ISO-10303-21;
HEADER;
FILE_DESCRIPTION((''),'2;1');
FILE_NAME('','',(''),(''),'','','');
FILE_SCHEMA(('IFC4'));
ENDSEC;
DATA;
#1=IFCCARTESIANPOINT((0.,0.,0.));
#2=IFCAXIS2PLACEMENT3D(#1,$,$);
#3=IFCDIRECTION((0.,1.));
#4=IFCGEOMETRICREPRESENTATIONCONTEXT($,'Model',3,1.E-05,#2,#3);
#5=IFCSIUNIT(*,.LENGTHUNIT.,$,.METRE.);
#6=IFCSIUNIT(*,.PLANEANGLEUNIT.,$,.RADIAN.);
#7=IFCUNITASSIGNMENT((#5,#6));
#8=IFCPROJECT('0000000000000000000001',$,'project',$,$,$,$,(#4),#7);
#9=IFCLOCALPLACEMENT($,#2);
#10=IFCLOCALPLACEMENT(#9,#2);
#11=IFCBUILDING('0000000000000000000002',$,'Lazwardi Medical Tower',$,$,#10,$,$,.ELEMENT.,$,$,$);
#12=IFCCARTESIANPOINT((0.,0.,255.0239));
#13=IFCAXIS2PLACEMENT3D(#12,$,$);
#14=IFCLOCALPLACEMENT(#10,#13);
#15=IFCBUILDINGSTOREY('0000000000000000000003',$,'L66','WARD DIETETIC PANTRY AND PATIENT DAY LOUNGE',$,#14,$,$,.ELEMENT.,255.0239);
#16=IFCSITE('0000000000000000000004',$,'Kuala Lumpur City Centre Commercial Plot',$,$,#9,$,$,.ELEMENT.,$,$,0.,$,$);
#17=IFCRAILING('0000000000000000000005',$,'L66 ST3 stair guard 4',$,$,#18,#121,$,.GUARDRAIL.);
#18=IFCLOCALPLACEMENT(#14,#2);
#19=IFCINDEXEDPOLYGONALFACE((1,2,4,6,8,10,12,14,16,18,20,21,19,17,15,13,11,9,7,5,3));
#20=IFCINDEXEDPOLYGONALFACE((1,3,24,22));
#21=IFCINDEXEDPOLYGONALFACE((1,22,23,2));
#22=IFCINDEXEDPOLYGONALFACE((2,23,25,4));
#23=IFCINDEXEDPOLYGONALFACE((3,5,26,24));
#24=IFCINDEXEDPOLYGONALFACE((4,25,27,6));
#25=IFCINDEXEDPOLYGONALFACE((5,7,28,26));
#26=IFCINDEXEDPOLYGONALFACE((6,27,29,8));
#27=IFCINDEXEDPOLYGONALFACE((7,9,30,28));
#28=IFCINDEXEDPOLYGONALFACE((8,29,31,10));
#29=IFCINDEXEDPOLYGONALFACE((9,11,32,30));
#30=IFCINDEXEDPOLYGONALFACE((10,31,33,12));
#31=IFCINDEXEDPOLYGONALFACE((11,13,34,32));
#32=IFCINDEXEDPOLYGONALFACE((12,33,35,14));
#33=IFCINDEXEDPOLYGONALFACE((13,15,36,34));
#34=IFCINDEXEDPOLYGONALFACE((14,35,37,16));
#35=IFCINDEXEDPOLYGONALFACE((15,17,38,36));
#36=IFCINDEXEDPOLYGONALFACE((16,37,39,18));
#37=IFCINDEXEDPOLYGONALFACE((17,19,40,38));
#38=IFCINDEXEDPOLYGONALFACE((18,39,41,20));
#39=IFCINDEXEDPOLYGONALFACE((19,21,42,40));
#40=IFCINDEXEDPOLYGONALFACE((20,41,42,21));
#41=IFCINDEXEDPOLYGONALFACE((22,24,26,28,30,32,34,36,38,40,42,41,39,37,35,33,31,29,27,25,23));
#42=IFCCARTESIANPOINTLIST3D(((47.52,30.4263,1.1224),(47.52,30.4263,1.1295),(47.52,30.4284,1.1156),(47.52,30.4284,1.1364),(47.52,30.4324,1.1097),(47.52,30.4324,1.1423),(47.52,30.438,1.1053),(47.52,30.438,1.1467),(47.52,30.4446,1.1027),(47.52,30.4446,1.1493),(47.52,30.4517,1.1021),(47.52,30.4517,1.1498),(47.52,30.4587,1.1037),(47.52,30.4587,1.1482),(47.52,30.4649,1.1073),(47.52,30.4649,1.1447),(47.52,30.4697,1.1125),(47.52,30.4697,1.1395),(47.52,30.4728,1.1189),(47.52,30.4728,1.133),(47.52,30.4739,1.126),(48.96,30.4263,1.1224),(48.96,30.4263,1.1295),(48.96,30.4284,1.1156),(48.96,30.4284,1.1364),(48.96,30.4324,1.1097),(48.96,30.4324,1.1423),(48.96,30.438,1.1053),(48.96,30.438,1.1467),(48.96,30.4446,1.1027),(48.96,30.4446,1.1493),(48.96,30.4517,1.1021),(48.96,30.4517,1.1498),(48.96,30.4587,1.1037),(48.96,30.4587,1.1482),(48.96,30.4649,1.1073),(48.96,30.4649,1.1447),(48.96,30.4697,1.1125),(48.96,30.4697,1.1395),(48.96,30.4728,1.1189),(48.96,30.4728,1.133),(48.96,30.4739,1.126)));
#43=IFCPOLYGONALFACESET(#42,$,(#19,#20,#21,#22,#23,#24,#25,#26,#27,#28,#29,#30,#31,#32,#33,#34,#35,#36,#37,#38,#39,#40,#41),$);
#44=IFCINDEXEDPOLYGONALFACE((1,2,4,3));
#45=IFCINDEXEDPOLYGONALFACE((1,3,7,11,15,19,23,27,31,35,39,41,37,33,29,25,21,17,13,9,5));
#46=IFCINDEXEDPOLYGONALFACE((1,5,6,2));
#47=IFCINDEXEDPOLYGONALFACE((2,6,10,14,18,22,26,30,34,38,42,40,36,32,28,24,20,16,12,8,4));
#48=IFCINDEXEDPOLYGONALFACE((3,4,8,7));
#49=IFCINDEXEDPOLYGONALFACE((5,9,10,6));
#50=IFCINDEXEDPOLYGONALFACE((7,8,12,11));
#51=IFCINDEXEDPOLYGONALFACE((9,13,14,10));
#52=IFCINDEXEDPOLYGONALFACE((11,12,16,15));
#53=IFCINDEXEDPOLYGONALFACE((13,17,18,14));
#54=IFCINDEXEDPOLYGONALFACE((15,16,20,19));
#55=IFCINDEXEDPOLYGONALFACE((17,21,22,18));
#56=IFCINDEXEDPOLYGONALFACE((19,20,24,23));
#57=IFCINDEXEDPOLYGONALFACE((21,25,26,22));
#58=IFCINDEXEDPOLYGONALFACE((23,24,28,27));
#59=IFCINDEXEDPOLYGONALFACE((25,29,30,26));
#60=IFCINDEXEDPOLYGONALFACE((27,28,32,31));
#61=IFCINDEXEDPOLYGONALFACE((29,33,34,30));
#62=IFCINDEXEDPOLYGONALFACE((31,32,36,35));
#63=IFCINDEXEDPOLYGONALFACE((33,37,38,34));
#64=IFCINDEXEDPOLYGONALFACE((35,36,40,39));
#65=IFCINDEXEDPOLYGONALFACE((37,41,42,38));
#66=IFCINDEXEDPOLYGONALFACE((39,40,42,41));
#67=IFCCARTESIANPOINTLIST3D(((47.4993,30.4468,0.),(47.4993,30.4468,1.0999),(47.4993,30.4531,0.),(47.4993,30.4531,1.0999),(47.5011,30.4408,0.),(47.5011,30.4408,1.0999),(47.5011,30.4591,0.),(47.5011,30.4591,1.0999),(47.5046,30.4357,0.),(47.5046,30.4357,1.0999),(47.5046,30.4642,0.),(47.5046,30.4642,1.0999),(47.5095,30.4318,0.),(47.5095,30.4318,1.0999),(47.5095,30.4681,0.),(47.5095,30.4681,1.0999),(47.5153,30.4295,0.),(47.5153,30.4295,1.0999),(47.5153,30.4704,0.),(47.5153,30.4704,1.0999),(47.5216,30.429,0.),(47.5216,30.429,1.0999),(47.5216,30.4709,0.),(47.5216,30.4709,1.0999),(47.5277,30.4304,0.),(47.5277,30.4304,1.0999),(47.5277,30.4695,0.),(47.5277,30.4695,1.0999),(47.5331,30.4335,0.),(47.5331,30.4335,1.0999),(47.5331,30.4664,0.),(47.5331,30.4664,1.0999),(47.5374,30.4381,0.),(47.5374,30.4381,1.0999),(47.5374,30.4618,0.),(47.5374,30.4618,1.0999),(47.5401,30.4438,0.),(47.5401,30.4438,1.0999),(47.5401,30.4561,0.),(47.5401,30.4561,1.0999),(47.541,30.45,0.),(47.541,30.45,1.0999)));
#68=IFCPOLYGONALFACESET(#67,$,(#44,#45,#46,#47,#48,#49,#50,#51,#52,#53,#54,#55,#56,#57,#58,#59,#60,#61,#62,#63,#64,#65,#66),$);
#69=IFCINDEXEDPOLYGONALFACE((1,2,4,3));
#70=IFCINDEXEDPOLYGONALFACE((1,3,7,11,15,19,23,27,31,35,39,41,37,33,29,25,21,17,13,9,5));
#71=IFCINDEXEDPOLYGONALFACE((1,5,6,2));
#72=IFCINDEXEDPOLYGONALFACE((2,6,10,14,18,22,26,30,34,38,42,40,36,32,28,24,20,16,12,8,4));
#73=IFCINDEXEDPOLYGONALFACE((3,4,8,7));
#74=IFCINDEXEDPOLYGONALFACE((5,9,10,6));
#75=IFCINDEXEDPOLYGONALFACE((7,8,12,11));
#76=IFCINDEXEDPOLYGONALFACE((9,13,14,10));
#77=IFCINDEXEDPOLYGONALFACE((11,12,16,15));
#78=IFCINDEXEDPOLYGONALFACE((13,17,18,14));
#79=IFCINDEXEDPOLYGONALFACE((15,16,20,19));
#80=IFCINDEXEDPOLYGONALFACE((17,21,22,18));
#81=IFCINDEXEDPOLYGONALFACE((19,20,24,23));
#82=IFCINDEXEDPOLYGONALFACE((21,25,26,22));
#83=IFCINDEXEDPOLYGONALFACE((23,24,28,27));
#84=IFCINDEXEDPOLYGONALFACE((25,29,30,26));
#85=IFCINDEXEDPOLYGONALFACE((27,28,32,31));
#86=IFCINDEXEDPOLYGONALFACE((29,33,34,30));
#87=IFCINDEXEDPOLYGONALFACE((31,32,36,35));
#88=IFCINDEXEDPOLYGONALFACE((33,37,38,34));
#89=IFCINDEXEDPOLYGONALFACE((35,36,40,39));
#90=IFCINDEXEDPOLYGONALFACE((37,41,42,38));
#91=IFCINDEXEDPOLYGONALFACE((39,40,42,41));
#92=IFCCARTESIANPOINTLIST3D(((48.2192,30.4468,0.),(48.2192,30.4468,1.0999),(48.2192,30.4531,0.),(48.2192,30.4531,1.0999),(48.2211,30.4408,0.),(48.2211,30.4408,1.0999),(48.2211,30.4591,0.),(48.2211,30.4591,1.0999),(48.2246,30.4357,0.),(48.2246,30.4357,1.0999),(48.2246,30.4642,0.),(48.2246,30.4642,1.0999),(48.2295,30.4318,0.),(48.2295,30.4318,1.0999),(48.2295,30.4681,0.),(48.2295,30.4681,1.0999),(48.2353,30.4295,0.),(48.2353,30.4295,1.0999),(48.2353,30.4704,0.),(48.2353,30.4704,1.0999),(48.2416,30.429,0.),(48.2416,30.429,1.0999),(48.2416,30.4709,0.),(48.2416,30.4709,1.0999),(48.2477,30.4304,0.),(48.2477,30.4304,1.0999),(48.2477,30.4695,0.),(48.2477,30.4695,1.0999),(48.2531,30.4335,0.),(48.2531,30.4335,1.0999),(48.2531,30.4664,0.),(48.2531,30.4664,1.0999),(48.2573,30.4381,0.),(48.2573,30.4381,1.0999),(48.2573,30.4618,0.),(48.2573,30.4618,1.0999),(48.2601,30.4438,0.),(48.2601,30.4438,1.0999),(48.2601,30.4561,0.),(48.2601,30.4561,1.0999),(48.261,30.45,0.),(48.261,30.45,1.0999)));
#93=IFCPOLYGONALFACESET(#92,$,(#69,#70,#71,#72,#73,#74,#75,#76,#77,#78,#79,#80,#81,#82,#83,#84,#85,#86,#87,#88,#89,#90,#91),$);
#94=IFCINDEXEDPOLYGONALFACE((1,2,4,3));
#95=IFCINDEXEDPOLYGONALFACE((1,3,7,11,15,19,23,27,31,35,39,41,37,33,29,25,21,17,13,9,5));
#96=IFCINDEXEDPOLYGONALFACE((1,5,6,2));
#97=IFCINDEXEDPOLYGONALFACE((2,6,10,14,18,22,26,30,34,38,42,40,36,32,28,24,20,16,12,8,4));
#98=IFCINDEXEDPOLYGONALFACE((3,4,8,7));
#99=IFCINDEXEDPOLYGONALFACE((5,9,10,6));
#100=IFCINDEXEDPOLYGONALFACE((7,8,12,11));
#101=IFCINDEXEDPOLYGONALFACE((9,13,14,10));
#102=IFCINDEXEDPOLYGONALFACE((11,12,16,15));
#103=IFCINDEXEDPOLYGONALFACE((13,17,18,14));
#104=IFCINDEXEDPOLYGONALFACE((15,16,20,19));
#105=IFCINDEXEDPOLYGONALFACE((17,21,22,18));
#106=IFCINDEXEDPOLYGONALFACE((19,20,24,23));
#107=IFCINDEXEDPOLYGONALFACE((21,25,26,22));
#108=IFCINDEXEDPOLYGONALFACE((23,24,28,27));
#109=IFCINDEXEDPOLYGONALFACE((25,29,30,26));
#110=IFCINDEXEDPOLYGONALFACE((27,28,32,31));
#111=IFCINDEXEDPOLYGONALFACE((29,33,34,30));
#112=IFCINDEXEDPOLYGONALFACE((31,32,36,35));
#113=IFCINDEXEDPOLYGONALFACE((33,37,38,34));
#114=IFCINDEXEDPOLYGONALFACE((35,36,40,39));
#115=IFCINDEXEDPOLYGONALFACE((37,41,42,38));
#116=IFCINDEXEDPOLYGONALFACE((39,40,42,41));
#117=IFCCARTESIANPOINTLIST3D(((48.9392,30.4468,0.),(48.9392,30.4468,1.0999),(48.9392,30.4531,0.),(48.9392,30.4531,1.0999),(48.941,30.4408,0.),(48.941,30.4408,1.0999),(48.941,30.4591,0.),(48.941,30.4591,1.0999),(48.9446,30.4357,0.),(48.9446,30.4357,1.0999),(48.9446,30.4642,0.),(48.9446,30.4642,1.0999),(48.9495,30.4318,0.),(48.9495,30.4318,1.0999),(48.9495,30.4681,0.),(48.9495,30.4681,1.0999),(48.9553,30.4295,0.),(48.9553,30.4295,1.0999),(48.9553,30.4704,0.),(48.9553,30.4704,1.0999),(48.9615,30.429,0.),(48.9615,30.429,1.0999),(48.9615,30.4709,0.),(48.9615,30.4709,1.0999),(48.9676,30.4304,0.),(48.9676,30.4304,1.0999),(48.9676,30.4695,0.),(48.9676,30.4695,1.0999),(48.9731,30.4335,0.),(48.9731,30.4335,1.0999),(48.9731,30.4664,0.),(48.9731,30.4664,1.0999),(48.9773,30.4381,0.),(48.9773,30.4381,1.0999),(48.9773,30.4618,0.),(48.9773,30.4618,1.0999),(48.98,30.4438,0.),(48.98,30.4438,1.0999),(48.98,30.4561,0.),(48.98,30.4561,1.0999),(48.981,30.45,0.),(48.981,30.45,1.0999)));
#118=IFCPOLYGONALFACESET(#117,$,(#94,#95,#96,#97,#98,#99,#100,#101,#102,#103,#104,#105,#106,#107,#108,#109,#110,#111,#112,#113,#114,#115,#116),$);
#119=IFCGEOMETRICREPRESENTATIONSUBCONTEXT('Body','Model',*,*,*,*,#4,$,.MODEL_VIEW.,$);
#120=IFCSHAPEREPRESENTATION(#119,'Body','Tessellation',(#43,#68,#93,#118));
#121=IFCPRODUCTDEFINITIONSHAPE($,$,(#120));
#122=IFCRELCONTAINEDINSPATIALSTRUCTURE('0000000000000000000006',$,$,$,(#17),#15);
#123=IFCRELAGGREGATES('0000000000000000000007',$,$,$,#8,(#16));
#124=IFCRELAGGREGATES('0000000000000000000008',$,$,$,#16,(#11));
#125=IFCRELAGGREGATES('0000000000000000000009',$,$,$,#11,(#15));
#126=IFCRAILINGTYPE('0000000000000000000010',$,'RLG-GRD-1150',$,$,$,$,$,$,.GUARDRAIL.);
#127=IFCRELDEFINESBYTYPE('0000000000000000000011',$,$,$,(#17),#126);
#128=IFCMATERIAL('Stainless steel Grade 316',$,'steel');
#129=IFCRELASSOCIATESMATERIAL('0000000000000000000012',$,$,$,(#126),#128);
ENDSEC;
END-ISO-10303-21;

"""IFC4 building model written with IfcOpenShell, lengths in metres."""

from ifc_helpers import new_model, si_unit, direction, frame, origin, origin_2d, place, context, subcontext, project, spatial, circle, extrude, material, type_object, element, save


model = new_model("IFC4")

# Units and contexts
model_context = context("Model", 3, precision=1e-05, world=origin(), true_north=direction((0.0, 1.0)))
body_context = subcontext(model_context, "Body", "Model", "MODEL_VIEW")
ifc_project = project(units=[si_unit("LENGTHUNIT", "METRE"), si_unit("PLANEANGLEUNIT", "RADIAN")], contexts=[model_context])

# Site, building, storey
site_placement = place(None, origin())
site = spatial("IfcSite", under=ifc_project, at=site_placement, Name="Kuala Lumpur City Centre Commercial Plot", CompositionType="ELEMENT", RefElevation=0.0)
building_placement = place(site_placement, origin())
building = spatial("IfcBuilding", under=site, at=building_placement, Name="Lazwardi Medical Tower", CompositionType="ELEMENT")
storey_placement = place(building_placement, frame((0.0, 0.0, 255.0239)))
storey = spatial("IfcBuildingStorey", under=building, at=storey_placement, Name="L66", Description="WARD DIETETIC PANTRY AND PATIENT DAY LOUNGE", CompositionType="ELEMENT", Elevation=255.0239)

# Railing
ifc_material_1 = material(Name="Stainless steel Grade 316", Category="steel")
railing_type_1 = type_object("IfcRailingType", Name="RLG-GRD-1150", PredefinedType="GUARDRAIL", material=ifc_material_1)
railing_1_placement = place(storey_placement, frame((47.52, 30.45, 0.0)))
element("IfcRailing", 1, at=railing_1_placement, inside=storey, type_object=railing_type_1, Name="L66 ST3 stair guard 4", PredefinedType="GUARDRAIL", context=body_context, shape_type="SweptSolid", body=[
    extrude(circle(Radius=0.0239, at=origin_2d()), frame((0.0, 0.0, 1.126), z_axis=(1.0, 0.0, 0.0), x_axis=(0.0, 1.0, 0.0)), (0.0, 0.0, 1.0), 1.4399),
    extrude(circle(Radius=0.021, at=origin_2d()), origin(), (0.0, 0.0, 1.0), 1.0999),
    extrude(circle(Radius=0.021, at=origin_2d()), frame((0.72, 0.0, 0.0)), (0.0, 0.0, 1.0), 1.0999),
    extrude(circle(Radius=0.021, at=origin_2d()), frame((1.4399, 0.0, 0.0)), (0.0, 0.0, 1.0), 1.0999),
])

save(model, "model.ifc")
